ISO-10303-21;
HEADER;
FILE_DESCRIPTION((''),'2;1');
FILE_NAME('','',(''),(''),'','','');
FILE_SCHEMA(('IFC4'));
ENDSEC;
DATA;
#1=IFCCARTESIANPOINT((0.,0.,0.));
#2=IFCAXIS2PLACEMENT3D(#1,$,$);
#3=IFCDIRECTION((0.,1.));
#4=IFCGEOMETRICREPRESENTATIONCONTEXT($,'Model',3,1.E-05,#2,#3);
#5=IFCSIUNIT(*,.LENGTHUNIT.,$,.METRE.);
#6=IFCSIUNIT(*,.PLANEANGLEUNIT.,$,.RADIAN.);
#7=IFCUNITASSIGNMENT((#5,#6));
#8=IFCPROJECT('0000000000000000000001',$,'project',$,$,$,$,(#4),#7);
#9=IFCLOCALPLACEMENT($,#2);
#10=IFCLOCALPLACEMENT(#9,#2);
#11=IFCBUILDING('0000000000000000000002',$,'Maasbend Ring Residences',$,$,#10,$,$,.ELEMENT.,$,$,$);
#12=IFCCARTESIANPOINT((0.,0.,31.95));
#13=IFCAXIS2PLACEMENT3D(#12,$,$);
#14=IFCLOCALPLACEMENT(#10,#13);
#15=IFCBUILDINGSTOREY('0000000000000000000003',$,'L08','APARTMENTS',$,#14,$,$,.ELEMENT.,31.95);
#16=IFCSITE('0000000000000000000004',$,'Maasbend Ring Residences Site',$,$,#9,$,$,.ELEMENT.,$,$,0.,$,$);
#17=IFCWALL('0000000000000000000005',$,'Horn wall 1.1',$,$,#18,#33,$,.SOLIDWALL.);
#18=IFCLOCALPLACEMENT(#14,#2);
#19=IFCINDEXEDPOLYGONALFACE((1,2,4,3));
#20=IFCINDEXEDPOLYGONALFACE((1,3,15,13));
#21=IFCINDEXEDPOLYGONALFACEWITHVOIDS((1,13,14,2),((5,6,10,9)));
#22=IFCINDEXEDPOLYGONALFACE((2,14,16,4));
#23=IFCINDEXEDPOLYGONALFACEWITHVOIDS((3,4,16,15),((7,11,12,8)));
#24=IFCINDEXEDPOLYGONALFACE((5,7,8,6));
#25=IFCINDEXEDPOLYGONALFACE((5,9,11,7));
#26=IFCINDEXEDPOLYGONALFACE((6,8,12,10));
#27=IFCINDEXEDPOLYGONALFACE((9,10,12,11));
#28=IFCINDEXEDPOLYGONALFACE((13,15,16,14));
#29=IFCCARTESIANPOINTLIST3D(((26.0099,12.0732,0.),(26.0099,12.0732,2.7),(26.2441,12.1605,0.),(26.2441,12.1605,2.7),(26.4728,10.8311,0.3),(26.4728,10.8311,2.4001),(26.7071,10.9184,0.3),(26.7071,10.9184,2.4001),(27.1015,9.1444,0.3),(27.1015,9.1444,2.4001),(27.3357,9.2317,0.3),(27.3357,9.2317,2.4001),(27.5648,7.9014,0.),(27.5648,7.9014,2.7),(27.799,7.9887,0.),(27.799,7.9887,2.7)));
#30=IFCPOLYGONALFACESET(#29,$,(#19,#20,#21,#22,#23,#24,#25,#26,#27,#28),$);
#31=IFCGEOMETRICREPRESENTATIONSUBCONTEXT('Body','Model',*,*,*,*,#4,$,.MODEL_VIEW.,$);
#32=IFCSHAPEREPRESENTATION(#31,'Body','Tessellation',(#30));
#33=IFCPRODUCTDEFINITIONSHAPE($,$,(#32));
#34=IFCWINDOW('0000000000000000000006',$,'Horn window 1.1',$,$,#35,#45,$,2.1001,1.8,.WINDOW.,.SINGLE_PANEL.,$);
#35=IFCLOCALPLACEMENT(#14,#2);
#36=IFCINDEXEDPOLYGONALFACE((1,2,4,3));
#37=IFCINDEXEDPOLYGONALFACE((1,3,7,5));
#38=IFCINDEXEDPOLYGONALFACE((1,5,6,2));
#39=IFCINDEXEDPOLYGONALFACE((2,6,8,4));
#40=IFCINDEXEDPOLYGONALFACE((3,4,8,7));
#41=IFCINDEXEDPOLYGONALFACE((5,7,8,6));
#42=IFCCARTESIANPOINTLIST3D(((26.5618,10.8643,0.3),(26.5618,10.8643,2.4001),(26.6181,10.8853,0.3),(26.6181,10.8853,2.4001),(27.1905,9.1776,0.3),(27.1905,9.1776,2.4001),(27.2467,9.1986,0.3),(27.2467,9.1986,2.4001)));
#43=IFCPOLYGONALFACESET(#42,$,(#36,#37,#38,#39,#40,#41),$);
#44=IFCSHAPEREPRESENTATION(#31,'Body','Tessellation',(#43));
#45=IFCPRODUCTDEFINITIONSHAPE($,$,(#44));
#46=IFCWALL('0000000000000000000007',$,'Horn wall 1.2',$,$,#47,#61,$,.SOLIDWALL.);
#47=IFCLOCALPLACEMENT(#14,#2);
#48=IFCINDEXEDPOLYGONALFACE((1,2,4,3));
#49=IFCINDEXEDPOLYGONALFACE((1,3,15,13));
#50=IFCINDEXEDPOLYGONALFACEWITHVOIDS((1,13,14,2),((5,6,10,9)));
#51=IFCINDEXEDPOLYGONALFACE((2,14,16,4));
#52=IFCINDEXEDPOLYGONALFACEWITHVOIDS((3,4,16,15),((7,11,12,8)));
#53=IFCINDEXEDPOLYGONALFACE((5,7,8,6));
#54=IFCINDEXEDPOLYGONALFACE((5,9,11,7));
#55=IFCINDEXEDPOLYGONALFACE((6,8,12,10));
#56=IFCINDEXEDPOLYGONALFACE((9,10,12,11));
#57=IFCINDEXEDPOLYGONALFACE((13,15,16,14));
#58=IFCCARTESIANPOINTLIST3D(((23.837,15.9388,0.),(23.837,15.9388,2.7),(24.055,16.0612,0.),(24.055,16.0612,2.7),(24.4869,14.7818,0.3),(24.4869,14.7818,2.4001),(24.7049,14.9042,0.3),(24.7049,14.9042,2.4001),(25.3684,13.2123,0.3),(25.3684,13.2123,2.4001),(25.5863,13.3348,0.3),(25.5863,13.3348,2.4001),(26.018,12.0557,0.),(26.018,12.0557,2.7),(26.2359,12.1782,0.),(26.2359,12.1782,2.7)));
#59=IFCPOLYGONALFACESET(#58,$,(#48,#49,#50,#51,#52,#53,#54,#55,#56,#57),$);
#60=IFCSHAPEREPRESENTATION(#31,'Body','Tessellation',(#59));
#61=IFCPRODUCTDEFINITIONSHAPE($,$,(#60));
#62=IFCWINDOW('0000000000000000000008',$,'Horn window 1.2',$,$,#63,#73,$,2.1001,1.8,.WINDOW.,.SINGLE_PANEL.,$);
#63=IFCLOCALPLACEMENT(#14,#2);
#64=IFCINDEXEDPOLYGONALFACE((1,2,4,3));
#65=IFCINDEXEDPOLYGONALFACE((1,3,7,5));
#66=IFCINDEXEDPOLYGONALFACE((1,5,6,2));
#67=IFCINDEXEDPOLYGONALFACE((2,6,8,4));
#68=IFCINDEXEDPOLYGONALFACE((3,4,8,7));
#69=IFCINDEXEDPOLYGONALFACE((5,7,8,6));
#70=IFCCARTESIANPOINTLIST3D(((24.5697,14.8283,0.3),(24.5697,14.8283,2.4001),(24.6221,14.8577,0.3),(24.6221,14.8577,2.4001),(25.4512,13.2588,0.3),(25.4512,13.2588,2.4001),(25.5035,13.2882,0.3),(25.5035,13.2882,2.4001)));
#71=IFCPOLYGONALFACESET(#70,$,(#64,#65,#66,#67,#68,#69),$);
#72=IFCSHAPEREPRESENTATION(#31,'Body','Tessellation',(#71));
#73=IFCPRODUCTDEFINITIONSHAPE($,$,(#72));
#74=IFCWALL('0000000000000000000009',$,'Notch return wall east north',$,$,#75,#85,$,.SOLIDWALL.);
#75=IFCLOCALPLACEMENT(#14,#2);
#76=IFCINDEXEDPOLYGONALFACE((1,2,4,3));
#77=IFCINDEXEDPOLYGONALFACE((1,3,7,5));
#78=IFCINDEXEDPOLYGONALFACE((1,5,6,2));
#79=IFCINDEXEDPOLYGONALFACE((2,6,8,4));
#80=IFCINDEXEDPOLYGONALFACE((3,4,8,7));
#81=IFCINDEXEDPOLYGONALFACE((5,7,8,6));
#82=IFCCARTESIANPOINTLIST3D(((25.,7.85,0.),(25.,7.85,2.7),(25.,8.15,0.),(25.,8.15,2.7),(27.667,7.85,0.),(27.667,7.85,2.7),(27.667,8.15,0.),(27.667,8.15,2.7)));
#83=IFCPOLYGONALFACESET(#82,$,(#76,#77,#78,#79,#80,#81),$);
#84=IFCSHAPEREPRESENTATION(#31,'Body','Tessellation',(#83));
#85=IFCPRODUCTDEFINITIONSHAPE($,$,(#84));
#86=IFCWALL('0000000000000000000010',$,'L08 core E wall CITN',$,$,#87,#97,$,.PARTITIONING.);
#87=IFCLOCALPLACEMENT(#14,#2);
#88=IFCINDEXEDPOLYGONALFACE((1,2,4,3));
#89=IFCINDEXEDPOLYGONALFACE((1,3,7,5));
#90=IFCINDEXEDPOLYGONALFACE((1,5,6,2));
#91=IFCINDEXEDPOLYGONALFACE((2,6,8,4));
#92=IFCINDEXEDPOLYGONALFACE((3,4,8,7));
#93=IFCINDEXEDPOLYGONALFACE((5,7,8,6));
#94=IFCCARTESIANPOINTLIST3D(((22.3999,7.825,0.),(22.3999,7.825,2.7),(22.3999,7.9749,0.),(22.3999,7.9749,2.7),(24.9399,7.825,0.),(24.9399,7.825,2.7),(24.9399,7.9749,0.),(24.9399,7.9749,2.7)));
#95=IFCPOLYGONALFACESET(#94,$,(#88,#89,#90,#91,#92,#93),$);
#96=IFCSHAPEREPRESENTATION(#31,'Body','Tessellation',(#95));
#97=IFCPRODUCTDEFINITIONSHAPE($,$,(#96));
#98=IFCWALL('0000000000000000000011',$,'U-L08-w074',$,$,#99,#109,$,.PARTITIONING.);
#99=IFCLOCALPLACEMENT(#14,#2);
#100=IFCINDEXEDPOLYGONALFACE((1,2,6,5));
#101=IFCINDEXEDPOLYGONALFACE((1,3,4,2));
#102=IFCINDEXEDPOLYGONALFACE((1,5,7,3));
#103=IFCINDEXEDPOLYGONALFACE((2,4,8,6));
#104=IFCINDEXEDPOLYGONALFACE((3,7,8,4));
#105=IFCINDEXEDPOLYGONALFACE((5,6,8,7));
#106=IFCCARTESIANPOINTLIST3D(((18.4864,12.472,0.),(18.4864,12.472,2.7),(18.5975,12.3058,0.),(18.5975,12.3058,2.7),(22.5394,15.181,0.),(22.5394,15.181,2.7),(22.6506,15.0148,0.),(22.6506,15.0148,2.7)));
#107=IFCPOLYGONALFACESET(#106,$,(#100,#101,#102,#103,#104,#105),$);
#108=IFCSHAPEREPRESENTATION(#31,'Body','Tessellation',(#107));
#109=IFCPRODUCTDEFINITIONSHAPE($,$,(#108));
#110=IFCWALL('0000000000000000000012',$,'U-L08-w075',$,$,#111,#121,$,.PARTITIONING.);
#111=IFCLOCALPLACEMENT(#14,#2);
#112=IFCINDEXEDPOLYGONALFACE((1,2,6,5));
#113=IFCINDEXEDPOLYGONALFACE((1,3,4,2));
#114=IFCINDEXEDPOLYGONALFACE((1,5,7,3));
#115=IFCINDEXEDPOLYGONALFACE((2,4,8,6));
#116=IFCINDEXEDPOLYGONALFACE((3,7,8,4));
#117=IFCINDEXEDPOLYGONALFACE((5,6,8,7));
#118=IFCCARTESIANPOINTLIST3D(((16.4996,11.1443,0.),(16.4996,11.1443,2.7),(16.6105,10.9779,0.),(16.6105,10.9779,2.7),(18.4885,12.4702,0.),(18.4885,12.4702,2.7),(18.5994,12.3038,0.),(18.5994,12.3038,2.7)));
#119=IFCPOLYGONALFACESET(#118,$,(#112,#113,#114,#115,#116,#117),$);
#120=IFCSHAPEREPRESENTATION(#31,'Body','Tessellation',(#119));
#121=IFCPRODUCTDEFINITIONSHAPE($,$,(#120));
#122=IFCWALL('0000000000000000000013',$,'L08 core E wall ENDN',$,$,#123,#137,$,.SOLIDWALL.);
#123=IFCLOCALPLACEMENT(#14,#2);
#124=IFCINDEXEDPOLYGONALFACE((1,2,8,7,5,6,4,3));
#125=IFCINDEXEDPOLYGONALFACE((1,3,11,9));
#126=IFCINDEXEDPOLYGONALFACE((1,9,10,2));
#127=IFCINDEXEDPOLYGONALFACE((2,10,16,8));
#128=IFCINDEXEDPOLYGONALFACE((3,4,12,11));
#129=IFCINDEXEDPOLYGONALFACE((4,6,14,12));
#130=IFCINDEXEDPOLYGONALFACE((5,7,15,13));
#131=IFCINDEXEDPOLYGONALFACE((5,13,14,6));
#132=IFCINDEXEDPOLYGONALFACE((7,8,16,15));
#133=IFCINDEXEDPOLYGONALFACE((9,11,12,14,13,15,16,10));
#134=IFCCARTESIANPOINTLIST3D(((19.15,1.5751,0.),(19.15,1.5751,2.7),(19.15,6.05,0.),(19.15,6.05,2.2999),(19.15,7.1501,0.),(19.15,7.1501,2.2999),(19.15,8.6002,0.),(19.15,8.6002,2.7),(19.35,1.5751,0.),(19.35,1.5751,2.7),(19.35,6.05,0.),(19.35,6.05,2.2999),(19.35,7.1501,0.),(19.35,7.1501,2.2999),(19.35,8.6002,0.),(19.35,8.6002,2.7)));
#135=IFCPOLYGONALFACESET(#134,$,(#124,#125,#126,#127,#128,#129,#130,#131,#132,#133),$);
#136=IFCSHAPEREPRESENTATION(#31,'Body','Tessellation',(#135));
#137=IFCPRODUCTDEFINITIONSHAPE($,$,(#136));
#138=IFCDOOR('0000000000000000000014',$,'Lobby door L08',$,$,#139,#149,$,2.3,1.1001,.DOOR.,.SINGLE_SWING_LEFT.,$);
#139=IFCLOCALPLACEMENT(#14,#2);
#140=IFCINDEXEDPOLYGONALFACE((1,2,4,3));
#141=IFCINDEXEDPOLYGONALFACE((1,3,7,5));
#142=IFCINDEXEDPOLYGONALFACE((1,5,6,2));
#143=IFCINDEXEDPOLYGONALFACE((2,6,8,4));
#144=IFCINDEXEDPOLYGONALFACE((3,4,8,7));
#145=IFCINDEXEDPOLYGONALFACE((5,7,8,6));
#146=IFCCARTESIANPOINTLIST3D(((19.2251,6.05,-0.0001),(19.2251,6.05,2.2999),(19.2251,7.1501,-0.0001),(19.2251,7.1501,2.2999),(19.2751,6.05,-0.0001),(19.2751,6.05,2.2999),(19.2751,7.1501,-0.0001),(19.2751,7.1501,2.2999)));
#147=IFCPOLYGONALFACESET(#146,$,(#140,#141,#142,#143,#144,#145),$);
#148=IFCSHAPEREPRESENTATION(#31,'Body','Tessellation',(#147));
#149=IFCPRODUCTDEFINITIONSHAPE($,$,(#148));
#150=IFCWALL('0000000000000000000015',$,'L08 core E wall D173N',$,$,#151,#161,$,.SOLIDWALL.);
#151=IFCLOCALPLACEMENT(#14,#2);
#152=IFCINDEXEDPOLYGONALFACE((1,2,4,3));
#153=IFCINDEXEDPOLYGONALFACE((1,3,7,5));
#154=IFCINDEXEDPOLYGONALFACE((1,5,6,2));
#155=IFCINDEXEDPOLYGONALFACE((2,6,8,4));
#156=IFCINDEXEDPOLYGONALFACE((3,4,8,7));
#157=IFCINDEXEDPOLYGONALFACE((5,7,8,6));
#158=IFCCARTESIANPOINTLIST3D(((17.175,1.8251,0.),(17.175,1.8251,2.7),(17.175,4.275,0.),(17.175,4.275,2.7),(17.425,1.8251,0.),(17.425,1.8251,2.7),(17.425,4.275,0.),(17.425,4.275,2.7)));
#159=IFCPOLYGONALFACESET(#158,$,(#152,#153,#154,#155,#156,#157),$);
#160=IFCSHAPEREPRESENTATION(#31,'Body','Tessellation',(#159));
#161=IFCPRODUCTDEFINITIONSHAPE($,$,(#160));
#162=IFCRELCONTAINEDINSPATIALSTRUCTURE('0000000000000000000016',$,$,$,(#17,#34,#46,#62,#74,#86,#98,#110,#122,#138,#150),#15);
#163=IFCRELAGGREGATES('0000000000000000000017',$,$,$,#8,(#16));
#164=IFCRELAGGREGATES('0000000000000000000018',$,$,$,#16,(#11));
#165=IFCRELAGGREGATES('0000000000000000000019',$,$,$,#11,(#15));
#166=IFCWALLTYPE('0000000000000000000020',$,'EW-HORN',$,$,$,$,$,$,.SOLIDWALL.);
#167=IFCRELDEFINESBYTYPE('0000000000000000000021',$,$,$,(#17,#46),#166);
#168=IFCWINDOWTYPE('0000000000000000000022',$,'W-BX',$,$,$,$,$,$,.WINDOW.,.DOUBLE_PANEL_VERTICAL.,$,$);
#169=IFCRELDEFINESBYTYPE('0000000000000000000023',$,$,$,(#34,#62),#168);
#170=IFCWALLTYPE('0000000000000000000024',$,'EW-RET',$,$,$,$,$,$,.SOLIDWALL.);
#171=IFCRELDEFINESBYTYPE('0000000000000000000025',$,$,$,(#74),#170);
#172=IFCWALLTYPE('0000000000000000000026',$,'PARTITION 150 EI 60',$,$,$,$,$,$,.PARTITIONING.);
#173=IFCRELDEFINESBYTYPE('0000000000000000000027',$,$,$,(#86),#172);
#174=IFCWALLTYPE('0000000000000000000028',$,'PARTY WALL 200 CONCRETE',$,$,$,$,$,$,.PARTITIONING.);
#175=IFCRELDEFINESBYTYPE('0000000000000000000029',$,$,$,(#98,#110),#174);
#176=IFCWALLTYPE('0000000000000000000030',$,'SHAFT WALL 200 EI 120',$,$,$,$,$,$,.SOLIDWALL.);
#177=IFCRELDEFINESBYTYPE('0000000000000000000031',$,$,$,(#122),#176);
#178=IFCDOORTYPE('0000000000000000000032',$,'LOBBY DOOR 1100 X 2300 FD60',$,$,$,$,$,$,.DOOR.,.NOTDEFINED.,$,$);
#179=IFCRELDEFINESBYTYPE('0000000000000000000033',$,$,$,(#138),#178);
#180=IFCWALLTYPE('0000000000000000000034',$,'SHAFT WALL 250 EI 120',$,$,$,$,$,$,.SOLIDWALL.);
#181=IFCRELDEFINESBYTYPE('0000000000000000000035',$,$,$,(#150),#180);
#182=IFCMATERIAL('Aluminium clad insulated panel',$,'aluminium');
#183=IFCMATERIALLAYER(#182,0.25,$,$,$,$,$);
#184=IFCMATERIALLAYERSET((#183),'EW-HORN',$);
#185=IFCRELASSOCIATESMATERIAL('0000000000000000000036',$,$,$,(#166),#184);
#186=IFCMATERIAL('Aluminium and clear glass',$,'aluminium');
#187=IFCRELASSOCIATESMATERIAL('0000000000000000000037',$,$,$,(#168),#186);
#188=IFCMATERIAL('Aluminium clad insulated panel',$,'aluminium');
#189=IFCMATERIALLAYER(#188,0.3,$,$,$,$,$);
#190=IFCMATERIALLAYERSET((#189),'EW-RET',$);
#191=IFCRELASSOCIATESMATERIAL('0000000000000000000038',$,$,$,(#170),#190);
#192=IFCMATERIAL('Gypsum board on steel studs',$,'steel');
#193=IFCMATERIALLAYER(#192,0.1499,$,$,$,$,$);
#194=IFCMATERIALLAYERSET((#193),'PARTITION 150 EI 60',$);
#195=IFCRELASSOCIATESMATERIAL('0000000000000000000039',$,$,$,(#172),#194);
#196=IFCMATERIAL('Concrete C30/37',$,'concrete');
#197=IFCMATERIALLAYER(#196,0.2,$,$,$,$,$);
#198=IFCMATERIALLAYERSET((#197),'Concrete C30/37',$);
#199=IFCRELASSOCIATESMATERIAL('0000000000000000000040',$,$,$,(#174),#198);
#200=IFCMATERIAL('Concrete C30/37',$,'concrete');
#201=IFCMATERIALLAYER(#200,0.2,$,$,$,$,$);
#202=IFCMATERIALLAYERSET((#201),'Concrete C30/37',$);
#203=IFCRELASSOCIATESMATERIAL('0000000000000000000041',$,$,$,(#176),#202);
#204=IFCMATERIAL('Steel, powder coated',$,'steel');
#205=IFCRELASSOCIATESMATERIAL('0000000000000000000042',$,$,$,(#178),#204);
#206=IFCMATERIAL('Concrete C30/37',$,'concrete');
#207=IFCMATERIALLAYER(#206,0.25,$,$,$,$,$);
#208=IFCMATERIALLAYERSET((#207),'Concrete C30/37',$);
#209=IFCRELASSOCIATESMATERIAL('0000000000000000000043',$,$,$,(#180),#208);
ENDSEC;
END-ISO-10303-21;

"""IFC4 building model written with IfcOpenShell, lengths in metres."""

from ifc_helpers import new_model, si_unit, direction, frame, frame_2d, origin, place, context, subcontext, project, spatial, rectangle, extrude, material, layer, layer_set, type_object, element, fill, save


model = new_model("IFC4")

# Units and contexts
model_context = context("Model", 3, precision=1e-05, world=origin(), true_north=direction((0.0, 1.0)))
body_context = subcontext(model_context, "Body", "Model", "MODEL_VIEW")
ifc_project = project(units=[si_unit("LENGTHUNIT", "METRE"), si_unit("PLANEANGLEUNIT", "RADIAN")], contexts=[model_context])

# Site, building, storey
site_placement = place(None, origin())
site = spatial("IfcSite", under=ifc_project, at=site_placement, Name="Maasbend Ring Residences Site", CompositionType="ELEMENT", RefElevation=0.0)
building_placement = place(site_placement, origin())
building = spatial("IfcBuilding", under=site, at=building_placement, Name="Maasbend Ring Residences", CompositionType="ELEMENT")
storey_placement = place(building_placement, frame((0.0, 0.0, 31.95)))
storey = spatial("IfcBuildingStorey", under=building, at=storey_placement, Name="L08", Description="APARTMENTS", CompositionType="ELEMENT", Elevation=31.95)

# Walls, openings, windows
ifc_material_1 = material(Name="Aluminium clad insulated panel", Category="aluminium")
ifc_layer_1 = layer(ifc_material_1, 0.25)
ifc_layer_set_1 = layer_set([ifc_layer_1], Name="EW-HORN")
wall_type_1 = type_object("IfcWallType", Name="EW-HORN", PredefinedType="SOLIDWALL", material=ifc_layer_set_1)
wall_1_placement = place(storey_placement, frame((27.6819, 7.9451, 0.0), z_axis=(0.0, 0.0, 1.0), x_axis=(-0.349248, 0.93703, 0.0)))
wall_1 = element("IfcWall", 1, at=wall_1_placement, inside=storey, type_object=wall_type_1, Name="Horn wall 1.1", PredefinedType="SOLIDWALL", context=body_context, shape_type="SweptSolid", body=[
    extrude(rectangle(XDim=4.4521, YDim=0.25, at=frame_2d((2.2261, 0.0))), origin(), (0.0, 0.0, 1.0), 2.7),
])
opening_1_placement = place(wall_1_placement, frame((1.3267, 0.0, 0.3)))
opening_1 = element("IfcOpeningElement", 2, at=opening_1_placement, cuts=wall_1, PredefinedType="OPENING", context=body_context, shape_type="SweptSolid", body=[
    extrude(rectangle(XDim=1.8, YDim=2.1001, at=frame_2d((0.8999, 1.05))), frame((0.0, 0.135, 0.0), z_axis=(0.0, -1.0, 0.0), x_axis=(1.0, 0.0, 0.0)), (0.0, 0.0, 1.0), 0.27),
])
ifc_material_2 = material(Name="Aluminium and clear glass", Category="aluminium")
window_type = type_object("IfcWindowType", Name="W-BX", PartitioningType="DOUBLE_PANEL_VERTICAL", PredefinedType="WINDOW", material=ifc_material_2)
window_1_placement = place(opening_1_placement, origin())
window_1 = element("IfcWindow", 3, at=window_1_placement, inside=storey, type_object=window_type, Name="Horn window 1.1", OverallHeight=2.1001, OverallWidth=1.8, PartitioningType="SINGLE_PANEL", PredefinedType="WINDOW", context=body_context, shape_type="SweptSolid", body=[
    extrude(rectangle(XDim=1.8, YDim=2.1001, at=frame_2d((0.8999, 1.05))), frame((0.0, 0.03, 0.0), z_axis=(0.0, -1.0, 0.0), x_axis=(1.0, 0.0, 0.0)), (0.0, 0.0, 1.0), 0.0601),
])
fill(opening_1, window_1)
wall_2_placement = place(storey_placement, frame((26.127, 12.1169, 0.0), z_axis=(0.0, 0.0, 1.0), x_axis=(-0.489696, 0.871893, 0.0)))
wall_2 = element("IfcWall", 4, at=wall_2_placement, inside=storey, type_object=wall_type_1, Name="Horn wall 1.2", PredefinedType="SOLIDWALL", context=body_context, shape_type="SweptSolid", body=[
    extrude(rectangle(XDim=4.4536, YDim=0.25, at=frame_2d((2.2268, 0.0))), origin(), (0.0, 0.0, 1.0), 2.7),
])
opening_2_placement = place(wall_2_placement, frame((1.3267, 0.0, 0.3)))
opening_2 = element("IfcOpeningElement", 5, at=opening_2_placement, cuts=wall_2, PredefinedType="OPENING", context=body_context, shape_type="SweptSolid", body=[
    extrude(rectangle(XDim=1.8, YDim=2.1001, at=frame_2d((0.8999, 1.05))), frame((0.0, 0.135, 0.0), z_axis=(0.0, -1.0, 0.0), x_axis=(1.0, 0.0, 0.0)), (0.0, 0.0, 1.0), 0.27),
])
window_2_placement = place(opening_2_placement, origin())
window_2 = element("IfcWindow", 6, at=window_2_placement, inside=storey, type_object=window_type, Name="Horn window 1.2", OverallHeight=2.1001, OverallWidth=1.8, PartitioningType="SINGLE_PANEL", PredefinedType="WINDOW", context=body_context, shape_type="SweptSolid", body=[
    extrude(rectangle(XDim=1.8, YDim=2.1001, at=frame_2d((0.8999, 1.05))), frame((0.0, 0.03, 0.0), z_axis=(0.0, -1.0, 0.0), x_axis=(1.0, 0.0, 0.0)), (0.0, 0.0, 1.0), 0.0601),
])
fill(opening_2, window_2)

# Walls
ifc_material_3 = material(Name="Aluminium clad insulated panel", Category="aluminium")
ifc_layer_2 = layer(ifc_material_3, 0.3)
ifc_layer_set_2 = layer_set([ifc_layer_2], Name="EW-RET")
wall_type_2 = type_object("IfcWallType", Name="EW-RET", PredefinedType="SOLIDWALL", material=ifc_layer_set_2)
wall_3_placement = place(storey_placement, frame((25.0, 8.0, 0.0), z_axis=(0.0, 0.0, 1.0), x_axis=(1.0, 0.0, 0.0)))
element("IfcWall", 7, at=wall_3_placement, inside=storey, type_object=wall_type_2, Name="Notch return wall east north", PredefinedType="SOLIDWALL", context=body_context, shape_type="SweptSolid", body=[
    extrude(rectangle(XDim=2.667, YDim=0.3, at=frame_2d((1.3335, 0.0))), origin(), (0.0, 0.0, 1.0), 2.7),
])
ifc_material_4 = material(Name="Gypsum board on steel studs", Category="steel")
ifc_layer_3 = layer(ifc_material_4, 0.1499)
ifc_layer_set_3 = layer_set([ifc_layer_3], Name="PARTITION 150 EI 60")
wall_type_3 = type_object("IfcWallType", Name="PARTITION 150 EI 60", PredefinedType="PARTITIONING", material=ifc_layer_set_3)
wall_4_placement = place(storey_placement, frame((22.3999, 7.8999, 0.0), z_axis=(0.0, 0.0, 1.0), x_axis=(1.0, 0.0, 0.0)))
element("IfcWall", 8, at=wall_4_placement, inside=storey, type_object=wall_type_3, Name="L08 core E wall CITN", PredefinedType="PARTITIONING", context=body_context, shape_type="SweptSolid", body=[
    extrude(rectangle(XDim=2.54, YDim=0.1499, at=frame_2d((1.27, 0.0))), origin(), (0.0, 0.0, 1.0), 2.7),
])
ifc_material_5 = material(Name="Concrete C30/37", Category="concrete")
ifc_layer_4 = layer(ifc_material_5, 0.2)
ifc_layer_set_4 = layer_set([ifc_layer_4], Name="Concrete C30/37")
wall_type_4 = type_object("IfcWallType", Name="PARTY WALL 200 CONCRETE", PredefinedType="PARTITIONING", material=ifc_layer_set_4)
wall_5_placement = place(storey_placement, frame((18.542, 12.3889, 0.0), z_axis=(0.0, 0.0, 1.0), x_axis=(0.831387, 0.555694, 0.0)))
element("IfcWall", 9, at=wall_5_placement, inside=storey, type_object=wall_type_4, Name="U-L08-w074", PredefinedType="PARTITIONING", context=body_context, shape_type="SweptSolid", body=[
    extrude(rectangle(XDim=4.875, YDim=0.2, at=frame_2d((2.4375, 0.0))), origin(), (0.0, 0.0, 1.0), 2.7),
])
wall_6_placement = place(storey_placement, frame((16.5549, 11.061, 0.0), z_axis=(0.0, 0.0, 1.0), x_axis=(0.832066, 0.554677, 0.0)))
element("IfcWall", 10, at=wall_6_placement, inside=storey, type_object=wall_type_4, Name="U-L08-w075", PredefinedType="PARTITIONING", context=body_context, shape_type="SweptSolid", body=[
    extrude(rectangle(XDim=2.3904, YDim=0.2, at=frame_2d((1.1953, 0.0))), origin(), (0.0, 0.0, 1.0), 2.7),
])

# Wall, opening, door
ifc_material_6 = material(Name="Concrete C30/37", Category="concrete")
ifc_layer_5 = layer(ifc_material_6, 0.2)
ifc_layer_set_5 = layer_set([ifc_layer_5], Name="Concrete C30/37")
wall_type_5 = type_object("IfcWallType", Name="SHAFT WALL 200 EI 120", PredefinedType="SOLIDWALL", material=ifc_layer_set_5)
wall_7_placement = place(storey_placement, frame((19.25, 1.575, 0.0), z_axis=(0.0, 0.0, 1.0), x_axis=(0.0, 1.0, 0.0)))
wall_7 = element("IfcWall", 11, at=wall_7_placement, inside=storey, type_object=wall_type_5, Name="L08 core E wall ENDN", PredefinedType="SOLIDWALL", context=body_context, shape_type="SweptSolid", body=[
    extrude(rectangle(XDim=7.0251, YDim=0.2, at=frame_2d((3.5127, 0.0))), origin(), (0.0, 0.0, 1.0), 2.7),
])
opening_3_placement = place(wall_7_placement, frame((4.4751, 0.0, 0.0)))
opening_3 = element("IfcOpeningElement", 12, at=opening_3_placement, cuts=wall_7, PredefinedType="OPENING", context=body_context, shape_type="SweptSolid", body=[
    extrude(rectangle(XDim=1.1001, YDim=2.3, at=frame_2d((0.55, 1.1499))), frame((0.0, 0.1099, 0.0), z_axis=(0.0, -1.0, 0.0), x_axis=(1.0, 0.0, 0.0)), (0.0, 0.0, 1.0), 0.22),
])
ifc_material_7 = material(Name="Steel, powder coated", Category="steel")
door_type_1 = type_object("IfcDoorType", Name="LOBBY DOOR 1100 X 2300 FD60", OperationType="NOTDEFINED", PredefinedType="DOOR", material=ifc_material_7)
door_1_placement = place(opening_3_placement, origin())
door_1 = element("IfcDoor", 13, at=door_1_placement, inside=storey, type_object=door_type_1, Name="Lobby door L08", OperationType="SINGLE_SWING_LEFT", OverallHeight=2.3, OverallWidth=1.1001, PredefinedType="DOOR", context=body_context, shape_type="SweptSolid", body=[
    extrude(rectangle(XDim=1.1001, YDim=2.3, at=frame_2d((0.55, 1.1499))), frame((0.0, 0.0249, 0.0), z_axis=(0.0, -1.0, 0.0), x_axis=(1.0, 0.0, 0.0)), (0.0, 0.0, 1.0), 0.05),
])
fill(opening_3, door_1)

# Wall
ifc_material_8 = material(Name="Concrete C30/37", Category="concrete")
ifc_layer_6 = layer(ifc_material_8, 0.25)
ifc_layer_set_6 = layer_set([ifc_layer_6], Name="Concrete C30/37")
wall_type_6 = type_object("IfcWallType", Name="SHAFT WALL 250 EI 120", PredefinedType="SOLIDWALL", material=ifc_layer_set_6)
wall_8_placement = place(storey_placement, frame((17.3, 1.825, 0.0), z_axis=(0.0, 0.0, 1.0), x_axis=(0.0, 1.0, 0.0)))
element("IfcWall", 14, at=wall_8_placement, inside=storey, type_object=wall_type_6, Name="L08 core E wall D173N", PredefinedType="SOLIDWALL", context=body_context, shape_type="SweptSolid", body=[
    extrude(rectangle(XDim=2.45, YDim=0.25, at=frame_2d((1.2251, 0.0))), origin(), (0.0, 0.0, 1.0), 2.7),
])

save(model, "model.ifc")
